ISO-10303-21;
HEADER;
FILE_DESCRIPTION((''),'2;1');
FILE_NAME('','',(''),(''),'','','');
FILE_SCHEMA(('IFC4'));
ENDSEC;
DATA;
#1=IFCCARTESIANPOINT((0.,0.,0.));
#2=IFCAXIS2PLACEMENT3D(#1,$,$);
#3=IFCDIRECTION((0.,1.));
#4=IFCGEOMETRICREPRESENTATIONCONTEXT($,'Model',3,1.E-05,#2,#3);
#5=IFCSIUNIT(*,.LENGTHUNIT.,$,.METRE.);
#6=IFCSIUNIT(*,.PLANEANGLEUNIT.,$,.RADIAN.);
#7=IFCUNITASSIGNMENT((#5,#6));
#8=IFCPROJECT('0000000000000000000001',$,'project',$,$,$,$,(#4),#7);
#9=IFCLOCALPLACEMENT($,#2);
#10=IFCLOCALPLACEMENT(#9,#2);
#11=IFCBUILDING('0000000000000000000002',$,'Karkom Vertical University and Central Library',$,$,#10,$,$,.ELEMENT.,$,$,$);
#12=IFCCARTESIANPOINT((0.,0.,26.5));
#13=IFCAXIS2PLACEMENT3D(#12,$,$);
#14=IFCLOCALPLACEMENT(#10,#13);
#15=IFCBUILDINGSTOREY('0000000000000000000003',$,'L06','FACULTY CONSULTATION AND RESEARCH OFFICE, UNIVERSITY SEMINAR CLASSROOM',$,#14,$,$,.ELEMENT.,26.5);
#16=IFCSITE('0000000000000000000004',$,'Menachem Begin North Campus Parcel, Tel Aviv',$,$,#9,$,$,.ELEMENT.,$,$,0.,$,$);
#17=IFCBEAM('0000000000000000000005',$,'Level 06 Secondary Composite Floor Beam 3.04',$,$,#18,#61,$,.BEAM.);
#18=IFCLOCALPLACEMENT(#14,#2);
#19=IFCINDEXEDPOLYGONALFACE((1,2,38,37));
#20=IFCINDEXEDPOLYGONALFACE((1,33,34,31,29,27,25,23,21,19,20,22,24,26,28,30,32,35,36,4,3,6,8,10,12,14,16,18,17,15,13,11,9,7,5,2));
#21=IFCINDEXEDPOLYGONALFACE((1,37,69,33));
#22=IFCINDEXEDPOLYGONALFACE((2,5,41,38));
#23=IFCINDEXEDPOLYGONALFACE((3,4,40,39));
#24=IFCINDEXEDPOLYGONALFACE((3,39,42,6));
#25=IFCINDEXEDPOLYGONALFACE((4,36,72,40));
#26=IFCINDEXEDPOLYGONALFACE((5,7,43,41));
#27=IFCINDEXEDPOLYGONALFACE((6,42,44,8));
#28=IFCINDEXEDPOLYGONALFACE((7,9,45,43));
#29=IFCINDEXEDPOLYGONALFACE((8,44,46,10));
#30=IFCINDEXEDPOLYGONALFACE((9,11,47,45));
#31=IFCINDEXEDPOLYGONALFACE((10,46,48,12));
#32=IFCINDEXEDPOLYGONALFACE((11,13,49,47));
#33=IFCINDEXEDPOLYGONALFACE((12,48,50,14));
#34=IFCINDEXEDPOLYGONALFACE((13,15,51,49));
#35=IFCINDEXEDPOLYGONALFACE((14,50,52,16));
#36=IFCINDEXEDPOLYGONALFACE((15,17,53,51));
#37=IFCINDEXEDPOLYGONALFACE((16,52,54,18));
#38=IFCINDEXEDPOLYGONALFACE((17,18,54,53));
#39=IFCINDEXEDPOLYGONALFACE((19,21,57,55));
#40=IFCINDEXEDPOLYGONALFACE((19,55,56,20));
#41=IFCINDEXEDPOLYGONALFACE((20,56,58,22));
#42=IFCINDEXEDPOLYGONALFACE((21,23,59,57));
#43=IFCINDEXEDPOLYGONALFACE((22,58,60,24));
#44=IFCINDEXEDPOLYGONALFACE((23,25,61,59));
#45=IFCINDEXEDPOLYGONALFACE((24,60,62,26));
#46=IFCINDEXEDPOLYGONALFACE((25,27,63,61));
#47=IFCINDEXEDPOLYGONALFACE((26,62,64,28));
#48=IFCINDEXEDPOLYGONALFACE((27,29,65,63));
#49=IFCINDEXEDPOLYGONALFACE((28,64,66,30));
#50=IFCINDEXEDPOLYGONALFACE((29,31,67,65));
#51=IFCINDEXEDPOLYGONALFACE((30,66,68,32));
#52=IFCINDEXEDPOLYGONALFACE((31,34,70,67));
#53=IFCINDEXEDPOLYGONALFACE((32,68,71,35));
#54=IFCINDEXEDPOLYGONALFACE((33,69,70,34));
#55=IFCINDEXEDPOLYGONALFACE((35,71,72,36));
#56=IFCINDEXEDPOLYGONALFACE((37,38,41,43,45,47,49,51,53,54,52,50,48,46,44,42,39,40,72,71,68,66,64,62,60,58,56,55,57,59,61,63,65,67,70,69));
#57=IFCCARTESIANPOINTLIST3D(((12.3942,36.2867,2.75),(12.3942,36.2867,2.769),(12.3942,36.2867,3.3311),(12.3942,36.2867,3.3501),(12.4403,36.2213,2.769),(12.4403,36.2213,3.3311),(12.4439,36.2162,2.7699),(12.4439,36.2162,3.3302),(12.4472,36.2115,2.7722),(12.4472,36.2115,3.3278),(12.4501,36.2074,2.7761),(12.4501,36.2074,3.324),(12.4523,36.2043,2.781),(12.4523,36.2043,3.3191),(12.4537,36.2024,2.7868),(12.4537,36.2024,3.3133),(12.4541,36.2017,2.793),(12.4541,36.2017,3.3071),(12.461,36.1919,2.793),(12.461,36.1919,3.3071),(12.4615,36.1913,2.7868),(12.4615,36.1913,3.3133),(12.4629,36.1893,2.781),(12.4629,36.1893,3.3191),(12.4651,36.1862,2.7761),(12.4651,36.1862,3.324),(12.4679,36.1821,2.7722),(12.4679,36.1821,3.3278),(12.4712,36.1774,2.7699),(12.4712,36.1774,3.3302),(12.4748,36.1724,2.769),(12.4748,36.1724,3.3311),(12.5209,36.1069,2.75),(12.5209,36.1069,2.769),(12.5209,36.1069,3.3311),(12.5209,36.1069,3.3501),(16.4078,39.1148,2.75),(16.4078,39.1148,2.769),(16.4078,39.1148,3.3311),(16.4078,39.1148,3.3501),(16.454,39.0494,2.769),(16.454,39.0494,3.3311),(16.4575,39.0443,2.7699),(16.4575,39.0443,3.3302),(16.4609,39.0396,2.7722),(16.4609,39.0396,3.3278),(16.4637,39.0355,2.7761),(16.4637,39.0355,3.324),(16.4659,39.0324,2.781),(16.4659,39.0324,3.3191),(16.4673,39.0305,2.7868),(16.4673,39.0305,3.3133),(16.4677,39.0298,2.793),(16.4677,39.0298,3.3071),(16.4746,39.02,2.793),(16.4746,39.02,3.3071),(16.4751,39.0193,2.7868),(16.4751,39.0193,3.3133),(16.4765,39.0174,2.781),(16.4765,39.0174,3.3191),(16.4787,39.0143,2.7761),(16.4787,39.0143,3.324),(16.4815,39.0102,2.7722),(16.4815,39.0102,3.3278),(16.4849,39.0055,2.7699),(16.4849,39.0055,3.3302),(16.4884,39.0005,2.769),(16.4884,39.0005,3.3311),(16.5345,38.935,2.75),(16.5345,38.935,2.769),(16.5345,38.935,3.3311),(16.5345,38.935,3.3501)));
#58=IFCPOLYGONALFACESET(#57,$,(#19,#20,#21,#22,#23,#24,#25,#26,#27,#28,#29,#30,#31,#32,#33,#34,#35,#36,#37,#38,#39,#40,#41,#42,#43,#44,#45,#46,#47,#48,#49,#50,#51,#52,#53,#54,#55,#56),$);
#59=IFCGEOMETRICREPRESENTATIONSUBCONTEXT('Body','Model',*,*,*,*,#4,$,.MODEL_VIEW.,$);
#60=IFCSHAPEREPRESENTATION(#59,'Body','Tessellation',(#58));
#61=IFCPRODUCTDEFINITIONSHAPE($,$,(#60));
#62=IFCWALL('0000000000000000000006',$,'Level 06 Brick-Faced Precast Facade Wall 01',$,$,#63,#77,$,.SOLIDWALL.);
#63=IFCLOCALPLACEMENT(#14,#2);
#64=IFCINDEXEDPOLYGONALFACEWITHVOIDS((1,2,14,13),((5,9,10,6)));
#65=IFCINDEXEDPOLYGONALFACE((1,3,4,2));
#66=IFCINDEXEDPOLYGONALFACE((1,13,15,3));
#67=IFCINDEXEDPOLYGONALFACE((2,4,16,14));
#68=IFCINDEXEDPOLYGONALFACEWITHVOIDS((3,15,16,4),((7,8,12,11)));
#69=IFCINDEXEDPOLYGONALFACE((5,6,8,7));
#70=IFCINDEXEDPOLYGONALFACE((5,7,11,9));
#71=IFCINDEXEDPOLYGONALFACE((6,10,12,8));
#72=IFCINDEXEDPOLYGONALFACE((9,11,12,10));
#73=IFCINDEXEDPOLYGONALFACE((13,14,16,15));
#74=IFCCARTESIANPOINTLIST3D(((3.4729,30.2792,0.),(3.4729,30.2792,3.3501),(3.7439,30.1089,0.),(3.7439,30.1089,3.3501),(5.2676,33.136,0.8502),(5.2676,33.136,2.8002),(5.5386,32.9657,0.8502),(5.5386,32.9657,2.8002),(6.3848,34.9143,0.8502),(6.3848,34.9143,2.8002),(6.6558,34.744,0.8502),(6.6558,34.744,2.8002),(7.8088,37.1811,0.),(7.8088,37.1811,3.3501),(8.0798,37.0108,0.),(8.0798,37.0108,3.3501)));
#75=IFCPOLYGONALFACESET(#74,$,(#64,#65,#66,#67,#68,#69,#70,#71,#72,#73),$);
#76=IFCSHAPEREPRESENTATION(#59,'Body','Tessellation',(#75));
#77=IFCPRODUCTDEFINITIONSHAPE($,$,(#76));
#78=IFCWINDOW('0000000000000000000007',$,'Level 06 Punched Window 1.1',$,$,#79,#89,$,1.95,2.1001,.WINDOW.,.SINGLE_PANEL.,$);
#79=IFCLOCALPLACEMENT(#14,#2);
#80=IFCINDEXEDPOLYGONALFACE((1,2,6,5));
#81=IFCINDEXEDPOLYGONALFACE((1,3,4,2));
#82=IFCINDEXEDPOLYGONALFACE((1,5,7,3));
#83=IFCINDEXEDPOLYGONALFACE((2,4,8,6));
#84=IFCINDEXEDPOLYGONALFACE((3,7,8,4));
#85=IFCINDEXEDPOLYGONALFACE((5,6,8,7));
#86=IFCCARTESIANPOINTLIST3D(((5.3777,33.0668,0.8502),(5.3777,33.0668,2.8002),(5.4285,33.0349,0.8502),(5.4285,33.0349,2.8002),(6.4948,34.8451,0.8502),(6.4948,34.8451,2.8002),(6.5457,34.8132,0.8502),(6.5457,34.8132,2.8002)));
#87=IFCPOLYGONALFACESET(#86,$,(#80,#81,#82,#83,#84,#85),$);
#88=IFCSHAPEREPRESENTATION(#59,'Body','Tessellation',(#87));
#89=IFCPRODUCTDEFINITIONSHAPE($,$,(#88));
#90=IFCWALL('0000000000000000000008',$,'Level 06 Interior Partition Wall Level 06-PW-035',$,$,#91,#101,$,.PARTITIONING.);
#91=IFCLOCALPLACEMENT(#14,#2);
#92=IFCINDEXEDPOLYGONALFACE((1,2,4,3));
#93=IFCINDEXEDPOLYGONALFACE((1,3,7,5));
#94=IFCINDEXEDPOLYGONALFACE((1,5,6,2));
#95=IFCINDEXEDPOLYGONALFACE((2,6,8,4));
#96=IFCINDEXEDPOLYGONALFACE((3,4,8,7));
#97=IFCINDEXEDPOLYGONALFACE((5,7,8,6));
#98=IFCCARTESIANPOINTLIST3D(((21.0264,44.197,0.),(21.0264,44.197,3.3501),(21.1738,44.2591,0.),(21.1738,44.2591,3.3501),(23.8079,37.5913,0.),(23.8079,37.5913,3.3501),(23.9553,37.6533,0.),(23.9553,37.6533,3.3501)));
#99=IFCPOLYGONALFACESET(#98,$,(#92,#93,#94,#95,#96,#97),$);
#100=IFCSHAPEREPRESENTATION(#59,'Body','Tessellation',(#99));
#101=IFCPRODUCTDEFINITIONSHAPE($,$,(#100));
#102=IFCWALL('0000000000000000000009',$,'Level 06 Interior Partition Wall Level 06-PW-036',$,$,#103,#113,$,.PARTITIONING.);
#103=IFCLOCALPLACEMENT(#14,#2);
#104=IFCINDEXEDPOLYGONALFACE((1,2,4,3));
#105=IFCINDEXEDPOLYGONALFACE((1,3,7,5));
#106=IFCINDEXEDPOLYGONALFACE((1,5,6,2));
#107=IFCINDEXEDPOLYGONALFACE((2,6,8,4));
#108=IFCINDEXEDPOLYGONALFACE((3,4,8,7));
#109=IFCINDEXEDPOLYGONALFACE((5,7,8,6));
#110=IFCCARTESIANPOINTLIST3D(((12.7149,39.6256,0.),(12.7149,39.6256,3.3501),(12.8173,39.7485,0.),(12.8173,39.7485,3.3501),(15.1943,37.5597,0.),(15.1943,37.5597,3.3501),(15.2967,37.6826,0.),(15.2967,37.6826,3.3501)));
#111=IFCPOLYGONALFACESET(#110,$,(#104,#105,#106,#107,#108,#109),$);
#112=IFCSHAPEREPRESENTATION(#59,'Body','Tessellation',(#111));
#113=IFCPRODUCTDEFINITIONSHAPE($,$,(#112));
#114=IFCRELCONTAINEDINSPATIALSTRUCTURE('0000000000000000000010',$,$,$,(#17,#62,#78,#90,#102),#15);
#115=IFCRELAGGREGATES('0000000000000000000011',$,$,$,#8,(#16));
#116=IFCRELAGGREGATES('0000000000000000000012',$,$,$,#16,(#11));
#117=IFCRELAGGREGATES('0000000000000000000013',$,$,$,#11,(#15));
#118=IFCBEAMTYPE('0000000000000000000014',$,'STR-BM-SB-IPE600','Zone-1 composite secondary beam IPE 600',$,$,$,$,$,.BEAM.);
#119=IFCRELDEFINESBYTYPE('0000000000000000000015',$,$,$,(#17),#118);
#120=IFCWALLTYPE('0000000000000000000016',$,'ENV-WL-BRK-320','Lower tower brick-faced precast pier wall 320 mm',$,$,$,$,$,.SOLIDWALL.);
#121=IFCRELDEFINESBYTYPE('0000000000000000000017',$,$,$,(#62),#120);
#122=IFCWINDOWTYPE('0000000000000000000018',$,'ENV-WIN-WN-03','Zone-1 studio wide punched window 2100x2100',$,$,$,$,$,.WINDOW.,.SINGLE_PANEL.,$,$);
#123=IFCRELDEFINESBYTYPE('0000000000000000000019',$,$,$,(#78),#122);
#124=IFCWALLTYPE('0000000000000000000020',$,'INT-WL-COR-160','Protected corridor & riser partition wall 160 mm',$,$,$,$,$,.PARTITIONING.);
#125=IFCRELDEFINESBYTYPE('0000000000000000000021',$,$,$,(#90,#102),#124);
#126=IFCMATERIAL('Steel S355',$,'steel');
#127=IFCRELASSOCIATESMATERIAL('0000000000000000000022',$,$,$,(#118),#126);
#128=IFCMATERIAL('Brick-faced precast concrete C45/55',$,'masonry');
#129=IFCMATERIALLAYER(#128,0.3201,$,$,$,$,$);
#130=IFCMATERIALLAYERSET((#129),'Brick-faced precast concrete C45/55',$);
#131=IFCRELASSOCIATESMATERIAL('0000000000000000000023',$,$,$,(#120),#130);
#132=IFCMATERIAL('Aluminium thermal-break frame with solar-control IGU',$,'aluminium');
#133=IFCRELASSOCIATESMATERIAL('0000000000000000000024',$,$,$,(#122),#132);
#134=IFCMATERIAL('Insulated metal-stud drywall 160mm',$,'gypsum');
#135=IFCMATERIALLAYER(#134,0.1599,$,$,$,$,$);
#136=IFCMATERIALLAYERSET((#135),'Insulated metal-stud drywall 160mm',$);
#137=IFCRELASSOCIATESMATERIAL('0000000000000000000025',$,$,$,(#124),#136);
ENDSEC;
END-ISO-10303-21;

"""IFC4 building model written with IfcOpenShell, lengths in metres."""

from ifc_helpers import new_model, si_unit, direction, frame, frame_2d, origin, origin_with_axes, origin_2d, place, context, subcontext, project, spatial, rectangle, i_section, extrude, source, transform, mapped, material, layer, layer_set, material_profile, profile_set, type_object, element, fill, save


model = new_model("IFC4")

# Units and contexts
model_context = context("Model", 3, precision=1e-05, world=origin(), true_north=direction((0.0, 1.0)))
body_context = subcontext(model_context, "Body", "Model", "MODEL_VIEW")
ifc_project = project(units=[si_unit("LENGTHUNIT", "METRE"), si_unit("PLANEANGLEUNIT", "RADIAN")], contexts=[model_context])

# Site, building, storey
site_placement = place(None, origin())
site = spatial("IfcSite", under=ifc_project, at=site_placement, Name="Menachem Begin North Campus Parcel, Tel Aviv", CompositionType="ELEMENT", RefElevation=0.0)
building_placement = place(site_placement, origin())
building = spatial("IfcBuilding", under=site, at=building_placement, Name="Karkom Vertical University and Central Library", CompositionType="ELEMENT")
storey_placement = place(building_placement, frame((0.0, 0.0, 26.5)))
storey = spatial("IfcBuildingStorey", under=building, at=storey_placement, Name="L06", Description="FACULTY CONSULTATION AND RESEARCH OFFICE, UNIVERSITY SEMINAR CLASSROOM", CompositionType="ELEMENT", Elevation=26.5)

# Beam
ifc_material_1 = material(Name="Steel S355", Category="steel")
ifc_material_profile_1 = material_profile(ifc_material_1, i_section(OverallWidth=0.22, OverallDepth=0.6001, WebThickness=0.012, FlangeThickness=0.019, FilletRadius=0.0239, at=origin_2d()), Name="IPE 600")
ifc_profile_set_1 = profile_set([ifc_material_profile_1], Name="Steel S355")
beam_type_1 = type_object("IfcBeamType", Name="STR-BM-SB-IPE600", Description="Zone-1 composite secondary beam IPE 600", PredefinedType="BEAM", material=ifc_profile_set_1)
shared_shape_1 = source(origin_with_axes(), body_context, "Body", "SweptSolid", [
    extrude(i_section(OverallWidth=0.22, OverallDepth=0.6001, WebThickness=0.012, FlangeThickness=0.019, FilletRadius=0.0239, at=origin_2d()), origin(), (0.0, 0.0, 1.0), 4.9099),
])
beam_1_placement = place(storey_placement, frame((16.4712, 39.0249, 3.05), z_axis=(-0.817453, -0.575996, 0.0), x_axis=(0.575996, -0.817453, 0.0)))
element("IfcBeam", 1, at=beam_1_placement, inside=storey, type_object=beam_type_1, Name="Level 06 Secondary Composite Floor Beam 3.04", PredefinedType="BEAM", context=body_context, shape_type="MappedRepresentation", body=[
    mapped(shared_shape_1, transform((0.0, 0.0, 0.0), scale=1.0)),
])

# Wall, opening, window
ifc_material_2 = material(Name="Brick-faced precast concrete C45/55", Category="masonry")
ifc_layer_1 = layer(ifc_material_2, 0.3201)
ifc_layer_set_1 = layer_set([ifc_layer_1], Name="Brick-faced precast concrete C45/55")
wall_type_1 = type_object("IfcWallType", Name="ENV-WL-BRK-320", Description="Lower tower brick-faced precast pier wall 320 mm", PredefinedType="SOLIDWALL", material=ifc_layer_set_1)
wall_1_placement = place(storey_placement, frame((7.9443, 37.0959, 0.0), z_axis=(0.0, 0.0, 1.0), x_axis=(-0.531963, -0.846768, 0.0)))
wall_1 = element("IfcWall", 2, at=wall_1_placement, inside=storey, type_object=wall_type_1, Name="Level 06 Brick-Faced Precast Facade Wall 01", PredefinedType="SOLIDWALL", context=body_context, shape_type="SweptSolid", body=[
    extrude(rectangle(XDim=8.1509, YDim=0.3201, at=frame_2d((4.0754, 0.0))), origin(), (0.0, 0.0, 1.0), 3.3501),
])
opening_1_placement = place(wall_1_placement, frame((2.677, 0.0, 0.8501)))
opening_1 = element("IfcOpeningElement", 3, at=opening_1_placement, cuts=wall_1, PredefinedType="OPENING", context=body_context, shape_type="SweptSolid", body=[
    extrude(rectangle(XDim=2.1001, YDim=1.95, at=frame_2d((1.05, 0.9751))), frame((0.0, 0.1699, 0.0), z_axis=(0.0, -1.0, 0.0), x_axis=(1.0, 0.0, 0.0)), (0.0, 0.0, 1.0), 0.3401),
])
ifc_material_3 = material(Name="Aluminium thermal-break frame with solar-control IGU", Category="aluminium")
window_type = type_object("IfcWindowType", Name="ENV-WIN-WN-03", Description="Zone-1 studio wide punched window 2100x2100", PartitioningType="SINGLE_PANEL", PredefinedType="WINDOW", material=ifc_material_3)
shared_shape_2 = source(origin_with_axes(), body_context, "Body", "SweptSolid", [
    extrude(rectangle(XDim=2.1001, YDim=1.95, at=frame_2d((1.05, 0.9751))), frame((0.0, 0.03, 0.0), z_axis=(0.0, -1.0, 0.0), x_axis=(1.0, 0.0, 0.0)), (0.0, 0.0, 1.0), 0.0601),
])
window_placement = place(opening_1_placement, origin())
window = element("IfcWindow", 4, at=window_placement, inside=storey, type_object=window_type, Name="Level 06 Punched Window 1.1", OverallHeight=1.95, OverallWidth=2.1001, PartitioningType="SINGLE_PANEL", PredefinedType="WINDOW", context=body_context, shape_type="MappedRepresentation", body=[
    mapped(shared_shape_2, transform((0.0, 0.0, 0.0), scale=1.0)),
])
fill(opening_1, window)

# Shared definitions
ifc_material_4 = material(Name="Insulated metal-stud drywall 160mm", Category="gypsum")
ifc_layer_2 = layer(ifc_material_4, 0.1599)
ifc_layer_set_2 = layer_set([ifc_layer_2], Name="Insulated metal-stud drywall 160mm")
wall_type_2 = type_object("IfcWallType", Name="INT-WL-COR-160", Description="Protected corridor & riser partition wall 160 mm", PredefinedType="PARTITIONING", material=ifc_layer_set_2)

# Walls
wall_2_placement = place(storey_placement, frame((23.8816, 37.6223, 0.0), z_axis=(0.0, 0.0, 1.0), x_axis=(-0.388074, 0.921628, 0.0)))
element("IfcWall", 5, at=wall_2_placement, inside=storey, type_object=wall_type_2, Name="Level 06 Interior Partition Wall Level 06-PW-035", PredefinedType="PARTITIONING", context=body_context, shape_type="SweptSolid", body=[
    extrude(rectangle(XDim=7.1675, YDim=0.1599, at=frame_2d((3.5837, 0.0))), origin(), (0.0, 0.0, 1.0), 3.3501),
])
wall_3_placement = place(storey_placement, frame((15.2456, 37.6211, 0.0), z_axis=(0.0, 0.0, 1.0), x_axis=(-0.768271, 0.640125, 0.0)))
element("IfcWall", 6, at=wall_3_placement, inside=storey, type_object=wall_type_2, Name="Level 06 Interior Partition Wall Level 06-PW-036", PredefinedType="PARTITIONING", context=body_context, shape_type="SweptSolid", body=[
    extrude(rectangle(XDim=3.2273, YDim=0.1599, at=frame_2d((1.6138, 0.0))), origin(), (0.0, 0.0, 1.0), 3.3501),
])

save(model, "model.ifc")
